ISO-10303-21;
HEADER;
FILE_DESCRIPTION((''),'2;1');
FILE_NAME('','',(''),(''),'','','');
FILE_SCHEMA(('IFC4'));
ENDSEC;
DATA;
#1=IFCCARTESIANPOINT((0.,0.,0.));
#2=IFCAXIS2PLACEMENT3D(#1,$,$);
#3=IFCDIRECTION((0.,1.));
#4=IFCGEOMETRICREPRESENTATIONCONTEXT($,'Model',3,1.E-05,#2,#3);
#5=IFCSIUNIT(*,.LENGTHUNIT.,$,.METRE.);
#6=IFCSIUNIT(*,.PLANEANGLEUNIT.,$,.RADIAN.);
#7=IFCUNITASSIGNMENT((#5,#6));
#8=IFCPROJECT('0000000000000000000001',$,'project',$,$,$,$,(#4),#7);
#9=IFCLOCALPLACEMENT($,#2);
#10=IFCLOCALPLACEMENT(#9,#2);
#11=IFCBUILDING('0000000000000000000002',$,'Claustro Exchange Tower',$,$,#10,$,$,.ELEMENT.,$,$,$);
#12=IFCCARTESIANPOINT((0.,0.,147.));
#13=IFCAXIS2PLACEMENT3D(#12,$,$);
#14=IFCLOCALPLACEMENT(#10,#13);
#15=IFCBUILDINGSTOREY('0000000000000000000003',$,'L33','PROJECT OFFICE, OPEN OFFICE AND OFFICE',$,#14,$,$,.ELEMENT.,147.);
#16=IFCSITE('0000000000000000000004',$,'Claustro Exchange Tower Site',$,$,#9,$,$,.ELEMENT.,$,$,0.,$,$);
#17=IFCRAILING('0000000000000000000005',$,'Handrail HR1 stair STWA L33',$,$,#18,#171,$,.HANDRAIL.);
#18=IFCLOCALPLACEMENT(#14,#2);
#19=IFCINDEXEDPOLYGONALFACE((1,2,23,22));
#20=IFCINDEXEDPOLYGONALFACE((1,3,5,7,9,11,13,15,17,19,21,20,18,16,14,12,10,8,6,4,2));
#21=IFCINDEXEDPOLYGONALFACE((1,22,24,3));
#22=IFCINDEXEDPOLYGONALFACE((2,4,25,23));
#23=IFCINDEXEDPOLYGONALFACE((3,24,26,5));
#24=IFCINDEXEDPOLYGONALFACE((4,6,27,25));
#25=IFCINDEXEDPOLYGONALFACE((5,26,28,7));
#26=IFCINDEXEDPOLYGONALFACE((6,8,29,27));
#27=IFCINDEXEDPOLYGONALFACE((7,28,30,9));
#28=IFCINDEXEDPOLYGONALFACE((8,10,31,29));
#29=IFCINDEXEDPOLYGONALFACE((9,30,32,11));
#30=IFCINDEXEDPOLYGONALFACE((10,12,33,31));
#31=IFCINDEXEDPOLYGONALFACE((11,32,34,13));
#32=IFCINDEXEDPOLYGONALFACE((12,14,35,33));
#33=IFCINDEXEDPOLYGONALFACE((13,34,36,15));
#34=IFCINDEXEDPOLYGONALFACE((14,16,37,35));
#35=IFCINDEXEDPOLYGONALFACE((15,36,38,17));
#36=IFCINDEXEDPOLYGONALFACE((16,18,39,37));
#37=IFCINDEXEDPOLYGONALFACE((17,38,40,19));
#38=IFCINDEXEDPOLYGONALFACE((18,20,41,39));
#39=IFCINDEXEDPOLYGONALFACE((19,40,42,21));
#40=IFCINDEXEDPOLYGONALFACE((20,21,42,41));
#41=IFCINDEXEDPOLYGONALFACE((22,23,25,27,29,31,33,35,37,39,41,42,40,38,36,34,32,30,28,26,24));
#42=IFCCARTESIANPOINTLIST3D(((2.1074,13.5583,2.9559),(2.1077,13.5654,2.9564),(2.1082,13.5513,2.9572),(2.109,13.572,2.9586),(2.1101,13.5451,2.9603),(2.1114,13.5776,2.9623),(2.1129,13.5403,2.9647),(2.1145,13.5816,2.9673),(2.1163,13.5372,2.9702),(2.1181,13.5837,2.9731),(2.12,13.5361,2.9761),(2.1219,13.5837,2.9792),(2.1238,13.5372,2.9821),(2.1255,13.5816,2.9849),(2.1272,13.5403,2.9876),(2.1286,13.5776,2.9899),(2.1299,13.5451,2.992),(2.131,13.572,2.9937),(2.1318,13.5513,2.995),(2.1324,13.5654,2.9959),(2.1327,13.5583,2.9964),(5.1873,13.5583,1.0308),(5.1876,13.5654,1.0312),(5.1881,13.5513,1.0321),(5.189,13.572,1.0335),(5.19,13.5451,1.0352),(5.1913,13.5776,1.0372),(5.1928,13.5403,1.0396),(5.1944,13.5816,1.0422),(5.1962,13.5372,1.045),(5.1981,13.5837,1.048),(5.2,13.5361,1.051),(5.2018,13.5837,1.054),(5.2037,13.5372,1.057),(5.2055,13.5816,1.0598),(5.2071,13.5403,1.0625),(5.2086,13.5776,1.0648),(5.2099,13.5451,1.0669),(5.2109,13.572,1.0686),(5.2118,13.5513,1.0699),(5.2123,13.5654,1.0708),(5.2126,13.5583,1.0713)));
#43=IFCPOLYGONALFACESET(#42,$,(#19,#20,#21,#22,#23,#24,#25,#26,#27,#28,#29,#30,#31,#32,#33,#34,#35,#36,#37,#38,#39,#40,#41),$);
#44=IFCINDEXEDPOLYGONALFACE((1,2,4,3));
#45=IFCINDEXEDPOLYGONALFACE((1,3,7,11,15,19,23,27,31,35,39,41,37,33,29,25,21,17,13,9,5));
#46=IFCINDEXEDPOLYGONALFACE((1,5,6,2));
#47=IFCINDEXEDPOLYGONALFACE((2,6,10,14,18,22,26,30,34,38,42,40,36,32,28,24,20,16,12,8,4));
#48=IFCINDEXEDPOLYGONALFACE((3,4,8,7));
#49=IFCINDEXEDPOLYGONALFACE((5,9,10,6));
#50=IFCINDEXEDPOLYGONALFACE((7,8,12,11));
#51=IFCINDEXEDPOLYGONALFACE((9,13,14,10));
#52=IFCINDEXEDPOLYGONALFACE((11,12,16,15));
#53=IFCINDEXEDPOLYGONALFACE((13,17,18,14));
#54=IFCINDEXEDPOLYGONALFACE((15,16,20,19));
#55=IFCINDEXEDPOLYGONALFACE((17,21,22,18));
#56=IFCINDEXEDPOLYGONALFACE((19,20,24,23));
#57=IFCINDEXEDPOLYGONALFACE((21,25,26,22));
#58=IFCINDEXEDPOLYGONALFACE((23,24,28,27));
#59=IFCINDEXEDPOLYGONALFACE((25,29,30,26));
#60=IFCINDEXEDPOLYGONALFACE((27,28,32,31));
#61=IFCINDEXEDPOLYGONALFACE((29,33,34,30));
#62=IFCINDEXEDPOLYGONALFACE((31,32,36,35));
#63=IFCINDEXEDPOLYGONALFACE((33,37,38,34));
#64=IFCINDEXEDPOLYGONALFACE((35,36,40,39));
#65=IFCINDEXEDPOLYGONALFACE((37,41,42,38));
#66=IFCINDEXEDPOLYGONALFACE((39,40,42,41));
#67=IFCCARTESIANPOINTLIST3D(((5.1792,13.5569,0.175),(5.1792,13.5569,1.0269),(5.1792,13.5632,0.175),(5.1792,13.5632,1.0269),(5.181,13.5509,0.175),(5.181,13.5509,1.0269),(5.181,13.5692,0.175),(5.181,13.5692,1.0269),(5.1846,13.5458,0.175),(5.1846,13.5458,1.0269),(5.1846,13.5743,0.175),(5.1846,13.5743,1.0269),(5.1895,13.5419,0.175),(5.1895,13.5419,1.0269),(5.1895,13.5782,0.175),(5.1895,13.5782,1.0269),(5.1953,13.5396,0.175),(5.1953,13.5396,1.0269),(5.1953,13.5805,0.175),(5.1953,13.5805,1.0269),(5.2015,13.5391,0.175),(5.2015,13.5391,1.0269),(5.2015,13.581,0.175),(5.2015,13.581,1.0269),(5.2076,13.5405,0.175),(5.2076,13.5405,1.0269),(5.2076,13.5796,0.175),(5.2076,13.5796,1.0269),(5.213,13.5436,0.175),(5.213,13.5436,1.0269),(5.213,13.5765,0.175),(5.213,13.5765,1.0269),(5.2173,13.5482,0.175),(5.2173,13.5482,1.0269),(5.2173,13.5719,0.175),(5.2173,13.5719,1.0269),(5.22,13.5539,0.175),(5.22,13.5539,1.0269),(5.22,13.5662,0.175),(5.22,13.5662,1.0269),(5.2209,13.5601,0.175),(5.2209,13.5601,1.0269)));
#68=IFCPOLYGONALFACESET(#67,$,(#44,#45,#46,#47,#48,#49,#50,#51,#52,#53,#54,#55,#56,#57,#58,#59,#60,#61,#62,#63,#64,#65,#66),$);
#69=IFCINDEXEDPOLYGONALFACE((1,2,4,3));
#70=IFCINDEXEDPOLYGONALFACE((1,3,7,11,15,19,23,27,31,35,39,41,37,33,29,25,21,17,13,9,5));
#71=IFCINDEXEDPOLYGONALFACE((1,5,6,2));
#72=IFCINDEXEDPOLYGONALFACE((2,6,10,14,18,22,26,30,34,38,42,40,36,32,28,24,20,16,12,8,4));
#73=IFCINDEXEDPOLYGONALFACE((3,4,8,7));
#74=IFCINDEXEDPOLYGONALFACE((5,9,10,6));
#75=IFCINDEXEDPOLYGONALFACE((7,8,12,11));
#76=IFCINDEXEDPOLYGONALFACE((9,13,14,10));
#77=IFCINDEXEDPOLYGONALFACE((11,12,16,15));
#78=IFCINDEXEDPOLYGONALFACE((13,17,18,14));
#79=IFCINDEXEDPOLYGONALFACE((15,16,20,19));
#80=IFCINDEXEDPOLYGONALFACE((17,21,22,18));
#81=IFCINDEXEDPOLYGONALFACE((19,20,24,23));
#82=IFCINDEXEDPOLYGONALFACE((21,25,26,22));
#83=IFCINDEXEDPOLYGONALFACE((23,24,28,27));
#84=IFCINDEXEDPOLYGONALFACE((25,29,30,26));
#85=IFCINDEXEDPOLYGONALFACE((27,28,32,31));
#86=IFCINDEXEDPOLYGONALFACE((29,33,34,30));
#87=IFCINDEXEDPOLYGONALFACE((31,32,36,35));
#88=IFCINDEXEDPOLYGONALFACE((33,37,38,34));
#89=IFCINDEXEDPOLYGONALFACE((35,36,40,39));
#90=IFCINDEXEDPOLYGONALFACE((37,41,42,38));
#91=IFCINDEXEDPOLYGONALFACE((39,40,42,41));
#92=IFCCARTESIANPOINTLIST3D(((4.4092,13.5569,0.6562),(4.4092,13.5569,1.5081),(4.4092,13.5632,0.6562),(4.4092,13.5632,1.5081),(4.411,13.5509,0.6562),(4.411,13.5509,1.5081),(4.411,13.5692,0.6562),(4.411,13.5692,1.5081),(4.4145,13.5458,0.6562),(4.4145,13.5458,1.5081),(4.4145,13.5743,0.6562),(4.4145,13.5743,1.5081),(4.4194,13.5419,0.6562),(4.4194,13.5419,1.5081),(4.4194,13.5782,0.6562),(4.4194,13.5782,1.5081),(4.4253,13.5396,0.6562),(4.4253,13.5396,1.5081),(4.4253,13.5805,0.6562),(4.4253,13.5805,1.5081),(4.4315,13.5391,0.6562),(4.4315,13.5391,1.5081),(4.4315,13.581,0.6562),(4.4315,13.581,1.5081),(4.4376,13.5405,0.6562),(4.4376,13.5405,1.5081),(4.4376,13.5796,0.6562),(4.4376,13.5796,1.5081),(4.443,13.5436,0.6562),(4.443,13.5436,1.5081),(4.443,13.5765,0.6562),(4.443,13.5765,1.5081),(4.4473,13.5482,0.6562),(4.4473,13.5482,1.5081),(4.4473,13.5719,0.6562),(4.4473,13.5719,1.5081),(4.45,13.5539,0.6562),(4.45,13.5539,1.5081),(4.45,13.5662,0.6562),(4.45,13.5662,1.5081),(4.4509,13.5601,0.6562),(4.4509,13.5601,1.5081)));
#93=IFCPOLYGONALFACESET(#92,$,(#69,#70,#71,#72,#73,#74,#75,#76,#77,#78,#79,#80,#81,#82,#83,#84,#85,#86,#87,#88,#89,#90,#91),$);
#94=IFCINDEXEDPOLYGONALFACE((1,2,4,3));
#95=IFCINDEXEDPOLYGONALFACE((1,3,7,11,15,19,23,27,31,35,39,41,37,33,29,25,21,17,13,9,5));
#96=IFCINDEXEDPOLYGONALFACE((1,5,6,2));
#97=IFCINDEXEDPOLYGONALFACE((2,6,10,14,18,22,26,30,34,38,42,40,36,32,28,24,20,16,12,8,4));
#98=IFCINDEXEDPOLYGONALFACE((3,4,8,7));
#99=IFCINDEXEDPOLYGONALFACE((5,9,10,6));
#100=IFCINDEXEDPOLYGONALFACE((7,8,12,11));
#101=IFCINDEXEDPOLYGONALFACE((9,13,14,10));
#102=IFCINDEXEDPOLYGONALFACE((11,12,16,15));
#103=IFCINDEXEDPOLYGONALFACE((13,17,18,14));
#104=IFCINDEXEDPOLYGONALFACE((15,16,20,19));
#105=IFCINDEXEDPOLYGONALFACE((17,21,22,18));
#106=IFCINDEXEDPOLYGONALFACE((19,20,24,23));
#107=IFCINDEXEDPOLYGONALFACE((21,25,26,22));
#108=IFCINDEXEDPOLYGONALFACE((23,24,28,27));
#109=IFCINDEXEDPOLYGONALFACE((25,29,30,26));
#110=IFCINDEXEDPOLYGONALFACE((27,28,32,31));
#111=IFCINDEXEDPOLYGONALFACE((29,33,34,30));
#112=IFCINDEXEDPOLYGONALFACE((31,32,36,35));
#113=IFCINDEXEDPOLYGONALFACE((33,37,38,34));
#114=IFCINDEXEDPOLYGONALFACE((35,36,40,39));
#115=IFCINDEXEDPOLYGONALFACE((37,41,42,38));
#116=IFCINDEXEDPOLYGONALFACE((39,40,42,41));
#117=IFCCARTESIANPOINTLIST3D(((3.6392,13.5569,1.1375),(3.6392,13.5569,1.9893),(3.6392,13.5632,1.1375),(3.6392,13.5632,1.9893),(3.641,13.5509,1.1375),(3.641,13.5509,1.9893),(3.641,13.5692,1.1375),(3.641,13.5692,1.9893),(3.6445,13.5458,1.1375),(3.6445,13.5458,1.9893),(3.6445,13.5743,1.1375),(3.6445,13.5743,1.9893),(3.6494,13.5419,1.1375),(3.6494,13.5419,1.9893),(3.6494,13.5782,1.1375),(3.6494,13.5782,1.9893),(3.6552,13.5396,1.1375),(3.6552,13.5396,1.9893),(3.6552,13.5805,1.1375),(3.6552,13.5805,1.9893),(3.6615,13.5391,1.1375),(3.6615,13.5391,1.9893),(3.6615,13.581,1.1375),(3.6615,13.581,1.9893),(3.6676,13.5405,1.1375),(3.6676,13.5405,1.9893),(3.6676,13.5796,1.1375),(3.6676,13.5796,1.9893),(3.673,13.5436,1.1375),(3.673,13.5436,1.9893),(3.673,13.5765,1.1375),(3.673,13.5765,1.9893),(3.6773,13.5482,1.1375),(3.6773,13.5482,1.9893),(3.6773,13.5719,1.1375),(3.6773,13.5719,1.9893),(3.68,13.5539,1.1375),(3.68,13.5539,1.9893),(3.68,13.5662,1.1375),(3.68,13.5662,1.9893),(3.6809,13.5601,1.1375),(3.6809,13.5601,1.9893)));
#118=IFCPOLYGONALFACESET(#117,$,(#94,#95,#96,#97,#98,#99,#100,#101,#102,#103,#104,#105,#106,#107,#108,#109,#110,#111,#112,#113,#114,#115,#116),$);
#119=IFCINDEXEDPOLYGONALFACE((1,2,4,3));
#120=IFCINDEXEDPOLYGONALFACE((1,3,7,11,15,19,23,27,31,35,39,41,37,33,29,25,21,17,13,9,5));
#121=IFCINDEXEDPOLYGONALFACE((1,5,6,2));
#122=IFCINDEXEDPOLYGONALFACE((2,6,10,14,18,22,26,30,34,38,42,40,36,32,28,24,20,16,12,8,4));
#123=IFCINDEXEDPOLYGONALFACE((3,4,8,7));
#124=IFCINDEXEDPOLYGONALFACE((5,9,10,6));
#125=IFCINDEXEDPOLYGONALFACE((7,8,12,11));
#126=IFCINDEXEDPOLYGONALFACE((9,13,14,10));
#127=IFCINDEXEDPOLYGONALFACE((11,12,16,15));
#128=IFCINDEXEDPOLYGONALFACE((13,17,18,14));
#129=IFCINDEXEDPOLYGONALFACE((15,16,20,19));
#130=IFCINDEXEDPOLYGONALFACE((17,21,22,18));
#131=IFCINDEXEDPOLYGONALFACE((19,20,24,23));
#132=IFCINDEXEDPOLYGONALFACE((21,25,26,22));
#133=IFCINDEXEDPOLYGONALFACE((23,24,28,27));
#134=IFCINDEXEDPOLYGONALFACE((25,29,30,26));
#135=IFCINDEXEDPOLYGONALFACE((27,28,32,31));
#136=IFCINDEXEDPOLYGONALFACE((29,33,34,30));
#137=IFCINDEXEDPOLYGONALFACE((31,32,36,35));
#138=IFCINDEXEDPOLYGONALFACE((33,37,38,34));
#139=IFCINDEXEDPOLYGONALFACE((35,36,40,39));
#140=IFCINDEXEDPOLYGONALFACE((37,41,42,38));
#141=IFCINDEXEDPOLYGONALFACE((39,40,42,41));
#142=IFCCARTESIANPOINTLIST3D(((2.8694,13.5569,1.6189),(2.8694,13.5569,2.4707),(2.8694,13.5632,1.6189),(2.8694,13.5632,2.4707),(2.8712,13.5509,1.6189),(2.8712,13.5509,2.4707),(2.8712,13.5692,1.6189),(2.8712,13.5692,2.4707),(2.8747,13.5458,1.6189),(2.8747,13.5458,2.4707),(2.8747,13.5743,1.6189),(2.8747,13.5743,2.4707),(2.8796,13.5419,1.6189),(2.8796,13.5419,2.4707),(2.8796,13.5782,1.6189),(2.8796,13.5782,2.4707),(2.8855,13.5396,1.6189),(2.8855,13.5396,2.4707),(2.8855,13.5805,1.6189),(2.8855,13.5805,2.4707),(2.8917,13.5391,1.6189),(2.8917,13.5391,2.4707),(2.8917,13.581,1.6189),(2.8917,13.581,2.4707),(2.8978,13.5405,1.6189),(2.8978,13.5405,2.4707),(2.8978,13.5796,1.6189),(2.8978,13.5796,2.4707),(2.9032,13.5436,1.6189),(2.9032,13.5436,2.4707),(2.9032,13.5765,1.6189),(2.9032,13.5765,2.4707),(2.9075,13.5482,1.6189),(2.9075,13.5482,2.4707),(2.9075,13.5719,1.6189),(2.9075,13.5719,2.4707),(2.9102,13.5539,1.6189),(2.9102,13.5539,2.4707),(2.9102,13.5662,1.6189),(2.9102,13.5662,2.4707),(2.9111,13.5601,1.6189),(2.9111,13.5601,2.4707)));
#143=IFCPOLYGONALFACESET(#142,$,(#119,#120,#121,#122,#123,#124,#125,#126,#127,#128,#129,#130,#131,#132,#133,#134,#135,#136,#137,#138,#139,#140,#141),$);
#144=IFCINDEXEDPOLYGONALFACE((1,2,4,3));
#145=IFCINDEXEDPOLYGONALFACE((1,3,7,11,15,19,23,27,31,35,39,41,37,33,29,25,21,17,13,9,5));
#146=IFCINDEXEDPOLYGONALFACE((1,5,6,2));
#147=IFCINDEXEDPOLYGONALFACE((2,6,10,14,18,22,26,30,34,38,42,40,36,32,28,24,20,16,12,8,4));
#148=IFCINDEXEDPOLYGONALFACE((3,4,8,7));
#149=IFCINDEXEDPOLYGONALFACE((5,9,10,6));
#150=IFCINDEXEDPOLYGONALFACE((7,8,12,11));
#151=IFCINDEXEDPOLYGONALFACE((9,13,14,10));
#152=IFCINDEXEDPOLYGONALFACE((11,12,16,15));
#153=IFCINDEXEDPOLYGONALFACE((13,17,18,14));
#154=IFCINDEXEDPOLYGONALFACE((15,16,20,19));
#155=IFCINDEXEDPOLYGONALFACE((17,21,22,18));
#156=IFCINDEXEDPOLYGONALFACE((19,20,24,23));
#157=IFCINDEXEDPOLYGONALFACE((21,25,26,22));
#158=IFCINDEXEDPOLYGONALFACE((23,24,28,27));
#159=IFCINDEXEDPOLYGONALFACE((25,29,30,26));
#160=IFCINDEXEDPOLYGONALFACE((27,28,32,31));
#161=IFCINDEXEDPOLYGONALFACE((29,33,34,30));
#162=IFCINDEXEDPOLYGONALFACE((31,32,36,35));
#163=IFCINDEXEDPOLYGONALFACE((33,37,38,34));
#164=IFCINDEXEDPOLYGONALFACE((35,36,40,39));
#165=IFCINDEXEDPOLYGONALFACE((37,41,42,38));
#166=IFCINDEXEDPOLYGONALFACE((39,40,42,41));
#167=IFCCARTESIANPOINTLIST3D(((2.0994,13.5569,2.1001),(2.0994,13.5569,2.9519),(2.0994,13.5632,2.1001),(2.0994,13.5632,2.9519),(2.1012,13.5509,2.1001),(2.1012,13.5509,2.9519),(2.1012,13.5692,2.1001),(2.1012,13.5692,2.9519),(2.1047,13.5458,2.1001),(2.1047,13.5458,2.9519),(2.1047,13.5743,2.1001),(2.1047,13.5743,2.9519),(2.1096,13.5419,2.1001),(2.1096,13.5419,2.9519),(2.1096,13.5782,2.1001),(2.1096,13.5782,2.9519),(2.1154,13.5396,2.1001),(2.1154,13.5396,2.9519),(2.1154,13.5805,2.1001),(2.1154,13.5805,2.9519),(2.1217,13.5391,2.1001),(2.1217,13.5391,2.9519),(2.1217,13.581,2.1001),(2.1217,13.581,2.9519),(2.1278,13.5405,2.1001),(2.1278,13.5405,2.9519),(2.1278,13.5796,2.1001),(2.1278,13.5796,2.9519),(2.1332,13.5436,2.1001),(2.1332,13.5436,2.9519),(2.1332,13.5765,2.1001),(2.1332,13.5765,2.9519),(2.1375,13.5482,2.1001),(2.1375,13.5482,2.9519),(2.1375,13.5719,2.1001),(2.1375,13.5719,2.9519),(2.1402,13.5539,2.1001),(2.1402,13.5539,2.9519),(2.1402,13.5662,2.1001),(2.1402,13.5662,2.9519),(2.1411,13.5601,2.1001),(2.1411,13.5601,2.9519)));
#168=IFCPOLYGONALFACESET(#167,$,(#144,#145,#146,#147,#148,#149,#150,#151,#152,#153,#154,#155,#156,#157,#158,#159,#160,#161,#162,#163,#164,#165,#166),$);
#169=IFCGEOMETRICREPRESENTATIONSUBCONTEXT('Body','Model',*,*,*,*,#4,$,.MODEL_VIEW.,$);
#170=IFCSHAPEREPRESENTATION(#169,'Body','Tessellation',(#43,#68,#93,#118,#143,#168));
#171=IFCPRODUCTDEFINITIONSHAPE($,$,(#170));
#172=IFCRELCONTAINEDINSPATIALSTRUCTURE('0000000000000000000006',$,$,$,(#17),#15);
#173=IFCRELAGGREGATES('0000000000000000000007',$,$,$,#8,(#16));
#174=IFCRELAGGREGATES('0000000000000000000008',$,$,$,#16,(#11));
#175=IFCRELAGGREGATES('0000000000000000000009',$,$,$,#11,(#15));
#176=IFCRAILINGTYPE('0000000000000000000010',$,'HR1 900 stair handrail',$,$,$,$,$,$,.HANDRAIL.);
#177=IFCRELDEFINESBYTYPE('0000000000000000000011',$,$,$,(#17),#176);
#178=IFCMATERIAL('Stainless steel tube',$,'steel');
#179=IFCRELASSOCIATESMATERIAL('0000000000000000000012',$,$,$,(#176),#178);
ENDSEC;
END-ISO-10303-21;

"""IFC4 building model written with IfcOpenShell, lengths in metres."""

from ifc_helpers import new_model, si_unit, direction, frame, origin, origin_2d, place, context, subcontext, project, spatial, circle, extrude, material, type_object, element, save


model = new_model("IFC4")

# Units and contexts
model_context = context("Model", 3, precision=1e-05, world=origin(), true_north=direction((0.0, 1.0)))
body_context = subcontext(model_context, "Body", "Model", "MODEL_VIEW")
ifc_project = project(units=[si_unit("LENGTHUNIT", "METRE"), si_unit("PLANEANGLEUNIT", "RADIAN")], contexts=[model_context])

# Site, building, storey
site_placement = place(None, origin())
site = spatial("IfcSite", under=ifc_project, at=site_placement, Name="Claustro Exchange Tower Site", CompositionType="ELEMENT", RefElevation=0.0)
building_placement = place(site_placement, origin())
building = spatial("IfcBuilding", under=site, at=building_placement, Name="Claustro Exchange Tower", CompositionType="ELEMENT")
storey_placement = place(building_placement, frame((0.0, 0.0, 147.0)))
storey = spatial("IfcBuildingStorey", under=building, at=storey_placement, Name="L33", Description="PROJECT OFFICE, OPEN OFFICE AND OFFICE", CompositionType="ELEMENT", Elevation=147.0)

# Railing
ifc_material_1 = material(Name="Stainless steel tube", Category="steel")
railing_type_1 = type_object("IfcRailingType", Name="HR1 900 stair handrail", PredefinedType="HANDRAIL", material=ifc_material_1)
railing_1_placement = place(storey_placement, frame((5.2, 13.5601, 0.175)))
element("IfcRailing", 1, at=railing_1_placement, inside=storey, type_object=railing_type_1, Name="Handrail HR1 stair STWA L33", PredefinedType="HANDRAIL", context=body_context, shape_type="SweptSolid", body=[
    extrude(circle(Radius=0.0239, at=origin_2d()), frame((0.0, 0.0, 0.876), z_axis=(-0.847979, 0.0, 0.530029), x_axis=(0.0, -1.0, 0.0)), (0.0, 0.0, 1.0), 3.6321),
    extrude(circle(Radius=0.021, at=origin_2d()), origin(), (0.0, 0.0, 1.0), 0.8518),
    extrude(circle(Radius=0.021, at=origin_2d()), frame((-0.77, 0.0, 0.4812)), (0.0, 0.0, 1.0), 0.8518),
    extrude(circle(Radius=0.021, at=origin_2d()), frame((-1.54, 0.0, 0.9624)), (0.0, 0.0, 1.0), 0.8518),
    extrude(circle(Radius=0.021, at=origin_2d()), frame((-2.3098, 0.0, 1.4438)), (0.0, 0.0, 1.0), 0.8518),
    extrude(circle(Radius=0.021, at=origin_2d()), frame((-3.0798, 0.0, 1.925)), (0.0, 0.0, 1.0), 0.8518),
])

save(model, "model.ifc")
